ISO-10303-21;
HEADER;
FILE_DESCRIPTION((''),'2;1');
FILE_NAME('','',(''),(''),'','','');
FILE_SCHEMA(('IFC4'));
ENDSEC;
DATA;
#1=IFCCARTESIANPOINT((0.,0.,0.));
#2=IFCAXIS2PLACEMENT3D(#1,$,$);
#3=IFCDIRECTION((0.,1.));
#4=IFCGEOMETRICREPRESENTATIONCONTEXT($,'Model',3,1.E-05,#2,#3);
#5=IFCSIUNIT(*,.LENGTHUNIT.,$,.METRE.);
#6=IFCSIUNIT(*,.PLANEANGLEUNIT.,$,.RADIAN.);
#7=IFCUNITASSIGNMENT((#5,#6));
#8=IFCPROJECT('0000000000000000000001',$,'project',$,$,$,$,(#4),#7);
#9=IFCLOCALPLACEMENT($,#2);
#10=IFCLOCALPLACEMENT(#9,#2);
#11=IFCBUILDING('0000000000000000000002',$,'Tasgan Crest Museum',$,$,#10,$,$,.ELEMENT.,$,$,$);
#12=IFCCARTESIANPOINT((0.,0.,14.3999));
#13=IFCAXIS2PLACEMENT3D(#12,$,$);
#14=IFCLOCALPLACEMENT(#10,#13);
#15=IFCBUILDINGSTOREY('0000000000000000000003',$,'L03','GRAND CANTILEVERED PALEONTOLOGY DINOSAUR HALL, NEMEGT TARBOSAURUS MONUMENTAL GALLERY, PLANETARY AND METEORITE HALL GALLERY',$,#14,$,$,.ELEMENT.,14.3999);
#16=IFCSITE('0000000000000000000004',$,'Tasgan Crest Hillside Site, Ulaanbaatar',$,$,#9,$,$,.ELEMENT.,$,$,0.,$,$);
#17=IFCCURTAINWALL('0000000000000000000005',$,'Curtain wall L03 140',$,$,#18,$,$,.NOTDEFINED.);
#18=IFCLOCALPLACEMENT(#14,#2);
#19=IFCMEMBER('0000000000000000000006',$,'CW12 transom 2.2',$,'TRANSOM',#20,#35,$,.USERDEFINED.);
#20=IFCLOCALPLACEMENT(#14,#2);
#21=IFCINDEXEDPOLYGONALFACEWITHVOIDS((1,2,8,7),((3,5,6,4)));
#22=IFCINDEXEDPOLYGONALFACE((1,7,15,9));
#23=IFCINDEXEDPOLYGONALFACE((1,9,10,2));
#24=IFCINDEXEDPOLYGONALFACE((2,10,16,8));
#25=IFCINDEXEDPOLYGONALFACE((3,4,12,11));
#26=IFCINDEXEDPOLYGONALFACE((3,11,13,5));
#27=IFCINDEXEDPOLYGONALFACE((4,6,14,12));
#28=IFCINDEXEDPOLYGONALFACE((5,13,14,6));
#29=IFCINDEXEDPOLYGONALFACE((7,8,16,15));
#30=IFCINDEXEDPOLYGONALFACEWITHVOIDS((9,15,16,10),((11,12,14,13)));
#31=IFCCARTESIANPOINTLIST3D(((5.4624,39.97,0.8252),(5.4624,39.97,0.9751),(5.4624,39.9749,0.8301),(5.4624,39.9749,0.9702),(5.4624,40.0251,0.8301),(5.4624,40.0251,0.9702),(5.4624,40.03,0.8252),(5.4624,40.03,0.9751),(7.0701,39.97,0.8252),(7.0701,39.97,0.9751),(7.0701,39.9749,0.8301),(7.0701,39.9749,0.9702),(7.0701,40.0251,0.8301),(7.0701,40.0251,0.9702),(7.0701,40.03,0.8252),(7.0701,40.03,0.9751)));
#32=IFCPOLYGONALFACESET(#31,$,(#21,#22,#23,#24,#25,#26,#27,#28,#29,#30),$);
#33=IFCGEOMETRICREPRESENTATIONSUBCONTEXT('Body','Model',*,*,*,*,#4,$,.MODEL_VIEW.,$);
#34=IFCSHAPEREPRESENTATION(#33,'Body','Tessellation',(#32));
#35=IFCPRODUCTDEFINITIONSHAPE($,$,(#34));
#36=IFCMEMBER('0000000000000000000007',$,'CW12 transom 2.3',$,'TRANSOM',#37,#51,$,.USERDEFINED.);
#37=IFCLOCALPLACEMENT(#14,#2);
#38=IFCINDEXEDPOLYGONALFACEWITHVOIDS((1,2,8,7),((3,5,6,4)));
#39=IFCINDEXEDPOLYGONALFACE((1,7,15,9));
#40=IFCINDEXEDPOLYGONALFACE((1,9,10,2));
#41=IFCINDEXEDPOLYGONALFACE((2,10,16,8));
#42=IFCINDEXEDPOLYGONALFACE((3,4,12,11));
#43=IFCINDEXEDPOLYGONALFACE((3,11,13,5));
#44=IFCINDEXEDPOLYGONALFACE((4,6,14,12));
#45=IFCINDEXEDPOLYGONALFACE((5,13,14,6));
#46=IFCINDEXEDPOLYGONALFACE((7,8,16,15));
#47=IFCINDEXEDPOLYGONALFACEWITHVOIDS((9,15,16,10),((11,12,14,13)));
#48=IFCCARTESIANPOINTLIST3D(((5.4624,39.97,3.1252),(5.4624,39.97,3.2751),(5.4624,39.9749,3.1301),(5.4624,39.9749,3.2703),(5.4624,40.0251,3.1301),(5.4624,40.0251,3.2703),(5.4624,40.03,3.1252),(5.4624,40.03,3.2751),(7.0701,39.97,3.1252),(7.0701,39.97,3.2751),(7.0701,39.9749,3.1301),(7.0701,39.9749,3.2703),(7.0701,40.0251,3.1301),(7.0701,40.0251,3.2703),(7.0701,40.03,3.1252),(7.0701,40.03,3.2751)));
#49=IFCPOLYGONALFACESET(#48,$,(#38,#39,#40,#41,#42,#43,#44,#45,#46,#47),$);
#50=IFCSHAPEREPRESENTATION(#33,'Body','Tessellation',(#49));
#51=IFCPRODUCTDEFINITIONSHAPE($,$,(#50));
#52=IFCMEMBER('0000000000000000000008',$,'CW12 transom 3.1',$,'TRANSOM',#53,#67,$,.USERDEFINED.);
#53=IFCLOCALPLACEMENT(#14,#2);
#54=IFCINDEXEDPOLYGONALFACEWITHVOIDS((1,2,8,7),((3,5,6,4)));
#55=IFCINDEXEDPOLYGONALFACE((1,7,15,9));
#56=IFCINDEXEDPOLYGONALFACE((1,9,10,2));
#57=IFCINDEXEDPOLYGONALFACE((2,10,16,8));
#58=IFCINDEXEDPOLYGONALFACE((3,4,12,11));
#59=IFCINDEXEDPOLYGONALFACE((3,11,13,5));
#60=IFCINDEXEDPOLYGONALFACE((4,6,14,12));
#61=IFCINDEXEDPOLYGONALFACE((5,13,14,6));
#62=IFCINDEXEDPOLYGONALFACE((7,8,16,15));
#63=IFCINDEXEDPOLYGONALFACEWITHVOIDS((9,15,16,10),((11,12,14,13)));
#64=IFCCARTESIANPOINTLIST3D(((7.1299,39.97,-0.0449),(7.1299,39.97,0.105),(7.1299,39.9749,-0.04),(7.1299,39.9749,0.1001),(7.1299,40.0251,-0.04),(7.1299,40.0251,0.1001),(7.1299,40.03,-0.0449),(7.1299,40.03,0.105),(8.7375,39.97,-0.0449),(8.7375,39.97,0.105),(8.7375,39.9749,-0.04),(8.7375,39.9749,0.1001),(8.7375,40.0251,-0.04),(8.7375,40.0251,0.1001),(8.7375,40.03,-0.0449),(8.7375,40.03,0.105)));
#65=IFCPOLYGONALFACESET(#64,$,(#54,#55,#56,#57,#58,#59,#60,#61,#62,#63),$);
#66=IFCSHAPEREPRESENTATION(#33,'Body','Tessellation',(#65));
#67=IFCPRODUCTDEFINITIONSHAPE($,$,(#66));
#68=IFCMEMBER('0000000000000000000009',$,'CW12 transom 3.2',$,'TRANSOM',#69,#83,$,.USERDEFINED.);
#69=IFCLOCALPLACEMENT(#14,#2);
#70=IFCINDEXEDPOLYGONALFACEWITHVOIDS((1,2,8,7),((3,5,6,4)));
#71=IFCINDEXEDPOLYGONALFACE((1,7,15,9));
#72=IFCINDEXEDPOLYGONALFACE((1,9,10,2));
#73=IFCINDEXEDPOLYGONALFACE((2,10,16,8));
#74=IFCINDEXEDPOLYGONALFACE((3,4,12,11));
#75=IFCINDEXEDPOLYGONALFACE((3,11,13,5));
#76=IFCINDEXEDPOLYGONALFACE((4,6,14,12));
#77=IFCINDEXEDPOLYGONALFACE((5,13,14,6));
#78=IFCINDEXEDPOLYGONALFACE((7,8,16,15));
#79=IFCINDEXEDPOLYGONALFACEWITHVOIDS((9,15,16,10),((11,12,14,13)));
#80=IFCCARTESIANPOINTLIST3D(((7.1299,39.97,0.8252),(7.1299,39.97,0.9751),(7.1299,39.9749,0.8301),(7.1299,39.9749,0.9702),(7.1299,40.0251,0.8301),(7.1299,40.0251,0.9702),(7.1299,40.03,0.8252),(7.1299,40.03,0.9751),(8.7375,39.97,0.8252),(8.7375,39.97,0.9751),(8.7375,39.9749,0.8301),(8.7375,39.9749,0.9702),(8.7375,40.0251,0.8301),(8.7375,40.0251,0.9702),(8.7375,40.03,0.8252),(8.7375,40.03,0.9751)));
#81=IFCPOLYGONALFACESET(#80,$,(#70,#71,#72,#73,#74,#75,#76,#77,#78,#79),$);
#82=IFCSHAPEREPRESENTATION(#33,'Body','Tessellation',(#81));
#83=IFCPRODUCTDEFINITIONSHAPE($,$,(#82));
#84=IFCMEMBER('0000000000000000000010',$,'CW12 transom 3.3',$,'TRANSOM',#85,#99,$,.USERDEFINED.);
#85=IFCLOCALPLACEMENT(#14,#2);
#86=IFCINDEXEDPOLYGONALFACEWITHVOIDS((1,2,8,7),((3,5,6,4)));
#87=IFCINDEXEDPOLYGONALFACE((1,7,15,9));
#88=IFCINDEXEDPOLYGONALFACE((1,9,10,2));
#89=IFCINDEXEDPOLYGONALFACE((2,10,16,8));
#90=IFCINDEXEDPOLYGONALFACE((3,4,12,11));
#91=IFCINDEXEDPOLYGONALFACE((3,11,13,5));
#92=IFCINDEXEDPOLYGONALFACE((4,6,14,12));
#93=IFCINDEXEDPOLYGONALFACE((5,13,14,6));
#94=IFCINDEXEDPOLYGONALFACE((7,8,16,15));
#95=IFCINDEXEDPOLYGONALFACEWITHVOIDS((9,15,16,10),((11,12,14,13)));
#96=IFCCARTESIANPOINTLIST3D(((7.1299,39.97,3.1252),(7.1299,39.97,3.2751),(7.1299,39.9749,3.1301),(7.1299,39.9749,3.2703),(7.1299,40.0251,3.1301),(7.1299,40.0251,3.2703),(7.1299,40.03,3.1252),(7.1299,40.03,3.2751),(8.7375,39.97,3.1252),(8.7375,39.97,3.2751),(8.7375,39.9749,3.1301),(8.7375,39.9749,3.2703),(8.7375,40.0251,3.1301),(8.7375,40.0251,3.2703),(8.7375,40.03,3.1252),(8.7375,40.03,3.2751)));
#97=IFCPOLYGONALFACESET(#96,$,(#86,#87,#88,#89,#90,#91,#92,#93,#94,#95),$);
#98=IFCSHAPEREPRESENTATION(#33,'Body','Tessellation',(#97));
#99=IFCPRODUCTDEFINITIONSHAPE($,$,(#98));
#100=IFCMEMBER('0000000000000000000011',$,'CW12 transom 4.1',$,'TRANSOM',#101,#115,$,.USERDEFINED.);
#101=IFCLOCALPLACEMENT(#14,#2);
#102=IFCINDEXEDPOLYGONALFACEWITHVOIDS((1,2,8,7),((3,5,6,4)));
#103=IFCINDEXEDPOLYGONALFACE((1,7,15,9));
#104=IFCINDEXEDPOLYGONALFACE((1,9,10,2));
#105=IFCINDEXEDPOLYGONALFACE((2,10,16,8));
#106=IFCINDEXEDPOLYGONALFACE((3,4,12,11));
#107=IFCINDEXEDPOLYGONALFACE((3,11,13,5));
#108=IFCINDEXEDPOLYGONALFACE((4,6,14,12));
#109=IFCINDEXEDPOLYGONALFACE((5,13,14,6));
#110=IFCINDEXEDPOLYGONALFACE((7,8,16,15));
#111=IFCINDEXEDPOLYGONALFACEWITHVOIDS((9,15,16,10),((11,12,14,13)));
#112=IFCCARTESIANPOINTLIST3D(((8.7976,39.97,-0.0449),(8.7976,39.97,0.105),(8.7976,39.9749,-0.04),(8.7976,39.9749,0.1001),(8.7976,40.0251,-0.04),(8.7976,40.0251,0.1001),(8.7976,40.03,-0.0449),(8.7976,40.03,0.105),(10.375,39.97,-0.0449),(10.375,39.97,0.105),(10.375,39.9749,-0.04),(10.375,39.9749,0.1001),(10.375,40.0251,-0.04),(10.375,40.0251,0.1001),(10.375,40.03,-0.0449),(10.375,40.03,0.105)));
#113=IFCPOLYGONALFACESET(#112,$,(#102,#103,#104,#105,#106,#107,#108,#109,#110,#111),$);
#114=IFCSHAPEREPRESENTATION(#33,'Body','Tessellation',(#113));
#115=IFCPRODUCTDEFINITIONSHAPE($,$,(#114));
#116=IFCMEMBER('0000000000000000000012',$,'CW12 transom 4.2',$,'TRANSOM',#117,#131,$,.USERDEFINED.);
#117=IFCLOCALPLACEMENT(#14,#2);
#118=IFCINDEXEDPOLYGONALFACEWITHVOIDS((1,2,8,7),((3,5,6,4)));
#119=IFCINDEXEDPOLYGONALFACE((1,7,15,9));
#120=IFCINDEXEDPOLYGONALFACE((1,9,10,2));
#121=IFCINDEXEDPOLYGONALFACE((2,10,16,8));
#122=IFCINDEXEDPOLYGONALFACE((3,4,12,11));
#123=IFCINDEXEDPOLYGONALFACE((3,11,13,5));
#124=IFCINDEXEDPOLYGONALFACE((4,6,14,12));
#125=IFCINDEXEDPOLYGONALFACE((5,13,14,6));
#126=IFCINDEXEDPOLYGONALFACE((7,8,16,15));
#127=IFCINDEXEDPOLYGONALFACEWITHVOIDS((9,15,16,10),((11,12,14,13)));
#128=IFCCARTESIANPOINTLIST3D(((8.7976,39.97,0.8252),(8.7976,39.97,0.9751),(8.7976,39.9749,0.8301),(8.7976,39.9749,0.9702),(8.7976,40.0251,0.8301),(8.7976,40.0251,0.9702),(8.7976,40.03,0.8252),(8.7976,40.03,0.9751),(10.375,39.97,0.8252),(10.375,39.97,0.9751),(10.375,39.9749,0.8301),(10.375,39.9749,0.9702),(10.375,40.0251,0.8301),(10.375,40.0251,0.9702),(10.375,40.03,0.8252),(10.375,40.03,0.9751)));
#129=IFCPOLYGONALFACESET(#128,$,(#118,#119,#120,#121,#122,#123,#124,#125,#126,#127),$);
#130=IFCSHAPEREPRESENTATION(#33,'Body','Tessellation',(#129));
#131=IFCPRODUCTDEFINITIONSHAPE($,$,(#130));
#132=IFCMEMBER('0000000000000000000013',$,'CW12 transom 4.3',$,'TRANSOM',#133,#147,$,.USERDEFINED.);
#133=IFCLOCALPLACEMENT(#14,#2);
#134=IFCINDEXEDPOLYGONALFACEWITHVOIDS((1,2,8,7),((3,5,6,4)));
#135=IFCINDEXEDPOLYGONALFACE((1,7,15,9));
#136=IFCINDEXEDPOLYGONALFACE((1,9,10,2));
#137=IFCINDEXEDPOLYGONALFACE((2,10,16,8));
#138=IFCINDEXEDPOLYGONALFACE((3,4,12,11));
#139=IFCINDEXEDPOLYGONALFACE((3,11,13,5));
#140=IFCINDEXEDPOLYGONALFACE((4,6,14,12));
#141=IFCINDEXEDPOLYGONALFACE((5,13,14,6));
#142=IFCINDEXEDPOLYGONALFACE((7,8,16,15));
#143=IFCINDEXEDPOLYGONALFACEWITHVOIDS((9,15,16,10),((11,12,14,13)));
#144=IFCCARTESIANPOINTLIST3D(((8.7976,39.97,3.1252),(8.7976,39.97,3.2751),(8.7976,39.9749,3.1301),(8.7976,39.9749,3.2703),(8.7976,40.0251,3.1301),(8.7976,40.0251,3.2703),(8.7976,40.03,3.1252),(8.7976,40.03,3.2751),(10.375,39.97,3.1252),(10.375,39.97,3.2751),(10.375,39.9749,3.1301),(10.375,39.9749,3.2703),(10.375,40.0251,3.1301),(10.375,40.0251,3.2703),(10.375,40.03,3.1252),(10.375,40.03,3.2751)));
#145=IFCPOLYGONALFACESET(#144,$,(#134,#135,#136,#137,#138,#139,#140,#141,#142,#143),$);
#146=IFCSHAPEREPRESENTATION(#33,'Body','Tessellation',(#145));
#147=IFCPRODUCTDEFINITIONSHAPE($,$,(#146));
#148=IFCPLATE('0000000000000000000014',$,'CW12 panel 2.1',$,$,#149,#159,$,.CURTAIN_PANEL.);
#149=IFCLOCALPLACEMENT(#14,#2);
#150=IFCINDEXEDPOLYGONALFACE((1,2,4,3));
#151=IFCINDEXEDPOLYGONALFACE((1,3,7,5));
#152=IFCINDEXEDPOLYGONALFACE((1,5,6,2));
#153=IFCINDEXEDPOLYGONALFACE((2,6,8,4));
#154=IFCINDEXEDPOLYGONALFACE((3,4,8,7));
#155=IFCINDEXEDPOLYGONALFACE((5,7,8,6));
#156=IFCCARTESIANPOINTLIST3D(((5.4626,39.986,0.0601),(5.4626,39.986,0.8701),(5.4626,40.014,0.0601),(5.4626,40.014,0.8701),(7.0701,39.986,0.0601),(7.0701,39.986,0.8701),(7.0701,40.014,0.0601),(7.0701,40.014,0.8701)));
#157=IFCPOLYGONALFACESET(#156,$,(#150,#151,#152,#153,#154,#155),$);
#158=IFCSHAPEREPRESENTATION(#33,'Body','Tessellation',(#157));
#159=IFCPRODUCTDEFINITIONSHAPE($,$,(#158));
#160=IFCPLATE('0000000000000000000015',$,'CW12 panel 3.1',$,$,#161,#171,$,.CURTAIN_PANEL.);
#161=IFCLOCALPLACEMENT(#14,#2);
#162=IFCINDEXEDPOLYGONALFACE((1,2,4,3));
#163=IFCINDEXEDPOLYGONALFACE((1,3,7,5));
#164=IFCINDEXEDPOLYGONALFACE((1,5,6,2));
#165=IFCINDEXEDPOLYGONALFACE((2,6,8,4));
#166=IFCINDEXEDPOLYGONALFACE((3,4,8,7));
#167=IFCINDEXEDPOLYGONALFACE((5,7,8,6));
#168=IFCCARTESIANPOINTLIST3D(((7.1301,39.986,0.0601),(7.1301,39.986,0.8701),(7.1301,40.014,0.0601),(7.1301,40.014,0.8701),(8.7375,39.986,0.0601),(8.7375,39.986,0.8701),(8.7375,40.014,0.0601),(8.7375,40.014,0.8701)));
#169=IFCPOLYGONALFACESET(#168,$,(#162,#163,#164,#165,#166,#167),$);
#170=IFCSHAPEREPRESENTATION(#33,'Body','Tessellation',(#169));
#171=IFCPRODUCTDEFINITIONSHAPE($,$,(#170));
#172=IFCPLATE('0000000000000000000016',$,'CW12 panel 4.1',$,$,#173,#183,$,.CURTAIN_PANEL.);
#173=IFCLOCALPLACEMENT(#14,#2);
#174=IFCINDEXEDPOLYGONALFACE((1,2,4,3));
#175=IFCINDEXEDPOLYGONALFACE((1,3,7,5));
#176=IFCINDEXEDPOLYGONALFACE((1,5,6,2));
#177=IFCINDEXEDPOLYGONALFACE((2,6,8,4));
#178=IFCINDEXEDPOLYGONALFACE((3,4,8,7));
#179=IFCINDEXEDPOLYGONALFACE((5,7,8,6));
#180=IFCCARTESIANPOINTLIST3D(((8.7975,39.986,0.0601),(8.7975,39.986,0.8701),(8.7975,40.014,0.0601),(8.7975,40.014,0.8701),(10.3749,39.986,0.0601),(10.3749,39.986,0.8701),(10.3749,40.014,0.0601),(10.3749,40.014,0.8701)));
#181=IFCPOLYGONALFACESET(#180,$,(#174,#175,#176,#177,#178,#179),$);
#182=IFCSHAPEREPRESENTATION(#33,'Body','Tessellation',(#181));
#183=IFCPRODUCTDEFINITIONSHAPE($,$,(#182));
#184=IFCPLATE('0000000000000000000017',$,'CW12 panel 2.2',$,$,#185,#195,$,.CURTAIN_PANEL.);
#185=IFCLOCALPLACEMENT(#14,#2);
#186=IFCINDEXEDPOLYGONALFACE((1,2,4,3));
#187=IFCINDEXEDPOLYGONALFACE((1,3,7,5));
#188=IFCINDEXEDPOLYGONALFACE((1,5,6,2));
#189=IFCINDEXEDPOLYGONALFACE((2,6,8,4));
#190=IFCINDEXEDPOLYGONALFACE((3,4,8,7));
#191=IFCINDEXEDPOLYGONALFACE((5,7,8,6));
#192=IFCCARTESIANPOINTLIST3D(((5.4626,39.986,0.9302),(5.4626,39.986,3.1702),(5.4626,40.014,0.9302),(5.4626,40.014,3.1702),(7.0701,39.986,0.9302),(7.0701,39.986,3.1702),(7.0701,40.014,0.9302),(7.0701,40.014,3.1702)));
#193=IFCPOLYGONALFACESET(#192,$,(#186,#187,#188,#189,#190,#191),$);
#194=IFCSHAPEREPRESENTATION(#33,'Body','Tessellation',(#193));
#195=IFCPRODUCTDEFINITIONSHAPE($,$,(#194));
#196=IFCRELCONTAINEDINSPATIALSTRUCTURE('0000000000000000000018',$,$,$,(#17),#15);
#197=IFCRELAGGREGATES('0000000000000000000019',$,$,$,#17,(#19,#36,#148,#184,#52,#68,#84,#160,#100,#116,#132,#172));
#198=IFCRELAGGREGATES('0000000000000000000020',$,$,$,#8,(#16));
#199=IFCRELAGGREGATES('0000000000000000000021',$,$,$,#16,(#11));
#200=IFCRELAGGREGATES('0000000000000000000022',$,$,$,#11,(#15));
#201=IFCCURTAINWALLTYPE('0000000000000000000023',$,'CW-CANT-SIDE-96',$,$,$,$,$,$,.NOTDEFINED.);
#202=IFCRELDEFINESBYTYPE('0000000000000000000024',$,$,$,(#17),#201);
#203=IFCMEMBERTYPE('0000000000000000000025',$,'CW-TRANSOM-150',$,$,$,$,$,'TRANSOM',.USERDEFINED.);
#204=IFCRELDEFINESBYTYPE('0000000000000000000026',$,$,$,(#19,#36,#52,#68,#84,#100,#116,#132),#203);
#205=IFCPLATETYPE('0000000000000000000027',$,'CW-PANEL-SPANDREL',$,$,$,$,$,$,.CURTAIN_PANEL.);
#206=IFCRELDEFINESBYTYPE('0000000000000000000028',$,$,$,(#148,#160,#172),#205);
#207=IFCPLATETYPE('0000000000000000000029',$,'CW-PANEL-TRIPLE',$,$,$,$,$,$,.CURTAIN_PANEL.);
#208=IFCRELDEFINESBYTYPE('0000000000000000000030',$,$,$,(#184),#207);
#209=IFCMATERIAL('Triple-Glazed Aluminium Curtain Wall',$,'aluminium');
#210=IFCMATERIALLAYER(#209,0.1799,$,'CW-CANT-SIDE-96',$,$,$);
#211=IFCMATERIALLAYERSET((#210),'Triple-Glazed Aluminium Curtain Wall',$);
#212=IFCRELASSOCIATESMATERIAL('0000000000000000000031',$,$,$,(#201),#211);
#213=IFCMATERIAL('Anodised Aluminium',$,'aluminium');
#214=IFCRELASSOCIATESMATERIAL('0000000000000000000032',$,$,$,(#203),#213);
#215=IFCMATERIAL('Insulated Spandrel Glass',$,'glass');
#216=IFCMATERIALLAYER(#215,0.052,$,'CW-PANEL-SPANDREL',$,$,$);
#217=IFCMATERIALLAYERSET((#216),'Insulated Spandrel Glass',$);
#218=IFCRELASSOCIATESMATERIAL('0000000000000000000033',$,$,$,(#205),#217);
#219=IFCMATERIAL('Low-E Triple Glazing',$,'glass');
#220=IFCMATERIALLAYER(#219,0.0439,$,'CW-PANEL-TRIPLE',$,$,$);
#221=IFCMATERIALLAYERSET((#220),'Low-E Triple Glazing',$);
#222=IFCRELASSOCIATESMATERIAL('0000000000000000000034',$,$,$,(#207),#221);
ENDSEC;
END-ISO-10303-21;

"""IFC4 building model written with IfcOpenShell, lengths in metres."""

from ifc_helpers import new_model, si_unit, direction, frame, origin, origin_2d, place, context, subcontext, project, spatial, rectangle, hollow_rectangle, extrude, material, layer, layer_set, material_profile, profile_set, type_object, element, aggregate, save


model = new_model("IFC4")

# Units and contexts
model_context = context("Model", 3, precision=1e-05, world=origin(), true_north=direction((0.0, 1.0)))
body_context = subcontext(model_context, "Body", "Model", "MODEL_VIEW")
ifc_project = project(units=[si_unit("LENGTHUNIT", "METRE"), si_unit("PLANEANGLEUNIT", "RADIAN")], contexts=[model_context])

# Site, building, storey
site_placement = place(None, origin())
site = spatial("IfcSite", under=ifc_project, at=site_placement, Name="Tasgan Crest Hillside Site, Ulaanbaatar", CompositionType="ELEMENT", RefElevation=0.0)
building_placement = place(site_placement, origin())
building = spatial("IfcBuilding", under=site, at=building_placement, Name="Tasgan Crest Museum", CompositionType="ELEMENT")
storey_placement = place(building_placement, frame((0.0, 0.0, 14.3999)))
storey = spatial("IfcBuildingStorey", under=building, at=storey_placement, Name="L03", Description="GRAND CANTILEVERED PALEONTOLOGY DINOSAUR HALL, NEMEGT TARBOSAURUS MONUMENTAL GALLERY, PLANETARY AND METEORITE HALL GALLERY", CompositionType="ELEMENT", Elevation=14.3999)

# Curtain wall, members, plates
ifc_material_1 = material(Name="Triple-Glazed Aluminium Curtain Wall", Category="aluminium")
ifc_layer_1 = layer(ifc_material_1, 0.1799, Name="CW-CANT-SIDE-96")
ifc_layer_set_1 = layer_set([ifc_layer_1], Name="Triple-Glazed Aluminium Curtain Wall")
curtain_wall_type = type_object("IfcCurtainWallType", Name="CW-CANT-SIDE-96", PredefinedType="NOTDEFINED", material=ifc_layer_set_1)
curtain_wall_placement = place(storey_placement, origin())
curtain_wall = element("IfcCurtainWall", 1, at=curtain_wall_placement, inside=storey, type_object=curtain_wall_type, Name="Curtain wall L03 140", PredefinedType="NOTDEFINED")
ifc_material_2 = material(Name="Anodised Aluminium", Category="aluminium")
ifc_material_profile_1 = material_profile(ifc_material_2, hollow_rectangle(XDim=0.0601, YDim=0.1499, WallThickness=0.0049, at=origin_2d()), Name="ALU TRANSOM 150x60x5")
ifc_profile_set_1 = profile_set([ifc_material_profile_1], Name="Anodised Aluminium")
member_type_1 = type_object("IfcMemberType", Name="CW-TRANSOM-150", ElementType="TRANSOM", PredefinedType="USERDEFINED", material=ifc_profile_set_1)
member_1_placement = place(storey_placement, frame((5.4624, 40.0, 0.9001), z_axis=(1.0, 0.0, 0.0), x_axis=(0.0, 1.0, 0.0)))
member_1 = element("IfcMember", 2, at=member_1_placement, type_object=member_type_1, Name="CW12 transom 2.2", ObjectType="TRANSOM", PredefinedType="USERDEFINED", context=body_context, shape_type="SweptSolid", body=[
    extrude(hollow_rectangle(XDim=0.0601, YDim=0.1499, WallThickness=0.0049, at=origin_2d()), origin(), (0.0, 0.0, 1.0), 1.6077),
])
member_2_placement = place(storey_placement, frame((5.4624, 40.0, 3.2002), z_axis=(1.0, 0.0, 0.0), x_axis=(0.0, 1.0, 0.0)))
member_2 = element("IfcMember", 3, at=member_2_placement, type_object=member_type_1, Name="CW12 transom 2.3", ObjectType="TRANSOM", PredefinedType="USERDEFINED", context=body_context, shape_type="SweptSolid", body=[
    extrude(hollow_rectangle(XDim=0.0601, YDim=0.1499, WallThickness=0.0049, at=origin_2d()), origin(), (0.0, 0.0, 1.0), 1.6077),
])
member_3_placement = place(storey_placement, frame((7.1299, 40.0, 0.03), z_axis=(1.0, 0.0, 0.0), x_axis=(0.0, 1.0, 0.0)))
member_3 = element("IfcMember", 4, at=member_3_placement, type_object=member_type_1, Name="CW12 transom 3.1", ObjectType="TRANSOM", PredefinedType="USERDEFINED", context=body_context, shape_type="SweptSolid", body=[
    extrude(hollow_rectangle(XDim=0.0601, YDim=0.1499, WallThickness=0.0049, at=origin_2d()), origin(), (0.0, 0.0, 1.0), 1.6077),
])
member_4_placement = place(storey_placement, frame((7.1299, 40.0, 0.9001), z_axis=(1.0, 0.0, 0.0), x_axis=(0.0, 1.0, 0.0)))
member_4 = element("IfcMember", 5, at=member_4_placement, type_object=member_type_1, Name="CW12 transom 3.2", ObjectType="TRANSOM", PredefinedType="USERDEFINED", context=body_context, shape_type="SweptSolid", body=[
    extrude(hollow_rectangle(XDim=0.0601, YDim=0.1499, WallThickness=0.0049, at=origin_2d()), origin(), (0.0, 0.0, 1.0), 1.6077),
])
member_5_placement = place(storey_placement, frame((7.1299, 40.0, 3.2002), z_axis=(1.0, 0.0, 0.0), x_axis=(0.0, 1.0, 0.0)))
member_5 = element("IfcMember", 6, at=member_5_placement, type_object=member_type_1, Name="CW12 transom 3.3", ObjectType="TRANSOM", PredefinedType="USERDEFINED", context=body_context, shape_type="SweptSolid", body=[
    extrude(hollow_rectangle(XDim=0.0601, YDim=0.1499, WallThickness=0.0049, at=origin_2d()), origin(), (0.0, 0.0, 1.0), 1.6077),
])
member_6_placement = place(storey_placement, frame((8.7976, 40.0, 0.03), z_axis=(1.0, 0.0, 0.0), x_axis=(0.0, 1.0, 0.0)))
member_6 = element("IfcMember", 7, at=member_6_placement, type_object=member_type_1, Name="CW12 transom 4.1", ObjectType="TRANSOM", PredefinedType="USERDEFINED", context=body_context, shape_type="SweptSolid", body=[
    extrude(hollow_rectangle(XDim=0.0601, YDim=0.1499, WallThickness=0.0049, at=origin_2d()), origin(), (0.0, 0.0, 1.0), 1.5774),
])
member_7_placement = place(storey_placement, frame((8.7976, 40.0, 0.9001), z_axis=(1.0, 0.0, 0.0), x_axis=(0.0, 1.0, 0.0)))
member_7 = element("IfcMember", 8, at=member_7_placement, type_object=member_type_1, Name="CW12 transom 4.2", ObjectType="TRANSOM", PredefinedType="USERDEFINED", context=body_context, shape_type="SweptSolid", body=[
    extrude(hollow_rectangle(XDim=0.0601, YDim=0.1499, WallThickness=0.0049, at=origin_2d()), origin(), (0.0, 0.0, 1.0), 1.5774),
])
member_8_placement = place(storey_placement, frame((8.7976, 40.0, 3.2002), z_axis=(1.0, 0.0, 0.0), x_axis=(0.0, 1.0, 0.0)))
member_8 = element("IfcMember", 9, at=member_8_placement, type_object=member_type_1, Name="CW12 transom 4.3", ObjectType="TRANSOM", PredefinedType="USERDEFINED", context=body_context, shape_type="SweptSolid", body=[
    extrude(hollow_rectangle(XDim=0.0601, YDim=0.1499, WallThickness=0.0049, at=origin_2d()), origin(), (0.0, 0.0, 1.0), 1.5774),
])
ifc_material_3 = material(Name="Insulated Spandrel Glass", Category="glass")
ifc_layer_2 = layer(ifc_material_3, 0.052, Name="CW-PANEL-SPANDREL")
ifc_layer_set_2 = layer_set([ifc_layer_2], Name="Insulated Spandrel Glass")
plate_type_1 = type_object("IfcPlateType", Name="CW-PANEL-SPANDREL", PredefinedType="CURTAIN_PANEL", material=ifc_layer_set_2)
plate_1_placement = place(storey_placement, frame((6.2664, 40.0, 0.0601), z_axis=(0.0, 0.0, 1.0), x_axis=(1.0, 0.0, 0.0)))
plate_1 = element("IfcPlate", 10, at=plate_1_placement, type_object=plate_type_1, Name="CW12 panel 2.1", PredefinedType="CURTAIN_PANEL", context=body_context, shape_type="SweptSolid", body=[
    extrude(rectangle(XDim=1.6074, YDim=0.0281, at=origin_2d()), origin(), (0.0, 0.0, 1.0), 0.8101),
])
plate_2_placement = place(storey_placement, frame((7.9338, 40.0, 0.0601), z_axis=(0.0, 0.0, 1.0), x_axis=(1.0, 0.0, 0.0)))
plate_2 = element("IfcPlate", 11, at=plate_2_placement, type_object=plate_type_1, Name="CW12 panel 3.1", PredefinedType="CURTAIN_PANEL", context=body_context, shape_type="SweptSolid", body=[
    extrude(rectangle(XDim=1.6074, YDim=0.0281, at=origin_2d()), origin(), (0.0, 0.0, 1.0), 0.8101),
])
plate_3_placement = place(storey_placement, frame((9.5862, 40.0, 0.0601), z_axis=(0.0, 0.0, 1.0), x_axis=(1.0, 0.0, 0.0)))
plate_3 = element("IfcPlate", 12, at=plate_3_placement, type_object=plate_type_1, Name="CW12 panel 4.1", PredefinedType="CURTAIN_PANEL", context=body_context, shape_type="SweptSolid", body=[
    extrude(rectangle(XDim=1.5774, YDim=0.0281, at=origin_2d()), origin(), (0.0, 0.0, 1.0), 0.8101),
])
ifc_material_4 = material(Name="Low-E Triple Glazing", Category="glass")
ifc_layer_3 = layer(ifc_material_4, 0.0439, Name="CW-PANEL-TRIPLE")
ifc_layer_set_3 = layer_set([ifc_layer_3], Name="Low-E Triple Glazing")
plate_type_2 = type_object("IfcPlateType", Name="CW-PANEL-TRIPLE", PredefinedType="CURTAIN_PANEL", material=ifc_layer_set_3)
plate_4_placement = place(storey_placement, frame((6.2664, 40.0, 0.9302), z_axis=(0.0, 0.0, 1.0), x_axis=(1.0, 0.0, 0.0)))
plate_4 = element("IfcPlate", 13, at=plate_4_placement, type_object=plate_type_2, Name="CW12 panel 2.2", PredefinedType="CURTAIN_PANEL", context=body_context, shape_type="SweptSolid", body=[
    extrude(rectangle(XDim=1.6074, YDim=0.0281, at=origin_2d()), origin(), (0.0, 0.0, 1.0), 2.24),
])
aggregate(curtain_wall, [member_1, member_2, plate_1, plate_4, member_3, member_4, member_5, plate_2, member_6, member_7, member_8, plate_3])

save(model, "model.ifc")
